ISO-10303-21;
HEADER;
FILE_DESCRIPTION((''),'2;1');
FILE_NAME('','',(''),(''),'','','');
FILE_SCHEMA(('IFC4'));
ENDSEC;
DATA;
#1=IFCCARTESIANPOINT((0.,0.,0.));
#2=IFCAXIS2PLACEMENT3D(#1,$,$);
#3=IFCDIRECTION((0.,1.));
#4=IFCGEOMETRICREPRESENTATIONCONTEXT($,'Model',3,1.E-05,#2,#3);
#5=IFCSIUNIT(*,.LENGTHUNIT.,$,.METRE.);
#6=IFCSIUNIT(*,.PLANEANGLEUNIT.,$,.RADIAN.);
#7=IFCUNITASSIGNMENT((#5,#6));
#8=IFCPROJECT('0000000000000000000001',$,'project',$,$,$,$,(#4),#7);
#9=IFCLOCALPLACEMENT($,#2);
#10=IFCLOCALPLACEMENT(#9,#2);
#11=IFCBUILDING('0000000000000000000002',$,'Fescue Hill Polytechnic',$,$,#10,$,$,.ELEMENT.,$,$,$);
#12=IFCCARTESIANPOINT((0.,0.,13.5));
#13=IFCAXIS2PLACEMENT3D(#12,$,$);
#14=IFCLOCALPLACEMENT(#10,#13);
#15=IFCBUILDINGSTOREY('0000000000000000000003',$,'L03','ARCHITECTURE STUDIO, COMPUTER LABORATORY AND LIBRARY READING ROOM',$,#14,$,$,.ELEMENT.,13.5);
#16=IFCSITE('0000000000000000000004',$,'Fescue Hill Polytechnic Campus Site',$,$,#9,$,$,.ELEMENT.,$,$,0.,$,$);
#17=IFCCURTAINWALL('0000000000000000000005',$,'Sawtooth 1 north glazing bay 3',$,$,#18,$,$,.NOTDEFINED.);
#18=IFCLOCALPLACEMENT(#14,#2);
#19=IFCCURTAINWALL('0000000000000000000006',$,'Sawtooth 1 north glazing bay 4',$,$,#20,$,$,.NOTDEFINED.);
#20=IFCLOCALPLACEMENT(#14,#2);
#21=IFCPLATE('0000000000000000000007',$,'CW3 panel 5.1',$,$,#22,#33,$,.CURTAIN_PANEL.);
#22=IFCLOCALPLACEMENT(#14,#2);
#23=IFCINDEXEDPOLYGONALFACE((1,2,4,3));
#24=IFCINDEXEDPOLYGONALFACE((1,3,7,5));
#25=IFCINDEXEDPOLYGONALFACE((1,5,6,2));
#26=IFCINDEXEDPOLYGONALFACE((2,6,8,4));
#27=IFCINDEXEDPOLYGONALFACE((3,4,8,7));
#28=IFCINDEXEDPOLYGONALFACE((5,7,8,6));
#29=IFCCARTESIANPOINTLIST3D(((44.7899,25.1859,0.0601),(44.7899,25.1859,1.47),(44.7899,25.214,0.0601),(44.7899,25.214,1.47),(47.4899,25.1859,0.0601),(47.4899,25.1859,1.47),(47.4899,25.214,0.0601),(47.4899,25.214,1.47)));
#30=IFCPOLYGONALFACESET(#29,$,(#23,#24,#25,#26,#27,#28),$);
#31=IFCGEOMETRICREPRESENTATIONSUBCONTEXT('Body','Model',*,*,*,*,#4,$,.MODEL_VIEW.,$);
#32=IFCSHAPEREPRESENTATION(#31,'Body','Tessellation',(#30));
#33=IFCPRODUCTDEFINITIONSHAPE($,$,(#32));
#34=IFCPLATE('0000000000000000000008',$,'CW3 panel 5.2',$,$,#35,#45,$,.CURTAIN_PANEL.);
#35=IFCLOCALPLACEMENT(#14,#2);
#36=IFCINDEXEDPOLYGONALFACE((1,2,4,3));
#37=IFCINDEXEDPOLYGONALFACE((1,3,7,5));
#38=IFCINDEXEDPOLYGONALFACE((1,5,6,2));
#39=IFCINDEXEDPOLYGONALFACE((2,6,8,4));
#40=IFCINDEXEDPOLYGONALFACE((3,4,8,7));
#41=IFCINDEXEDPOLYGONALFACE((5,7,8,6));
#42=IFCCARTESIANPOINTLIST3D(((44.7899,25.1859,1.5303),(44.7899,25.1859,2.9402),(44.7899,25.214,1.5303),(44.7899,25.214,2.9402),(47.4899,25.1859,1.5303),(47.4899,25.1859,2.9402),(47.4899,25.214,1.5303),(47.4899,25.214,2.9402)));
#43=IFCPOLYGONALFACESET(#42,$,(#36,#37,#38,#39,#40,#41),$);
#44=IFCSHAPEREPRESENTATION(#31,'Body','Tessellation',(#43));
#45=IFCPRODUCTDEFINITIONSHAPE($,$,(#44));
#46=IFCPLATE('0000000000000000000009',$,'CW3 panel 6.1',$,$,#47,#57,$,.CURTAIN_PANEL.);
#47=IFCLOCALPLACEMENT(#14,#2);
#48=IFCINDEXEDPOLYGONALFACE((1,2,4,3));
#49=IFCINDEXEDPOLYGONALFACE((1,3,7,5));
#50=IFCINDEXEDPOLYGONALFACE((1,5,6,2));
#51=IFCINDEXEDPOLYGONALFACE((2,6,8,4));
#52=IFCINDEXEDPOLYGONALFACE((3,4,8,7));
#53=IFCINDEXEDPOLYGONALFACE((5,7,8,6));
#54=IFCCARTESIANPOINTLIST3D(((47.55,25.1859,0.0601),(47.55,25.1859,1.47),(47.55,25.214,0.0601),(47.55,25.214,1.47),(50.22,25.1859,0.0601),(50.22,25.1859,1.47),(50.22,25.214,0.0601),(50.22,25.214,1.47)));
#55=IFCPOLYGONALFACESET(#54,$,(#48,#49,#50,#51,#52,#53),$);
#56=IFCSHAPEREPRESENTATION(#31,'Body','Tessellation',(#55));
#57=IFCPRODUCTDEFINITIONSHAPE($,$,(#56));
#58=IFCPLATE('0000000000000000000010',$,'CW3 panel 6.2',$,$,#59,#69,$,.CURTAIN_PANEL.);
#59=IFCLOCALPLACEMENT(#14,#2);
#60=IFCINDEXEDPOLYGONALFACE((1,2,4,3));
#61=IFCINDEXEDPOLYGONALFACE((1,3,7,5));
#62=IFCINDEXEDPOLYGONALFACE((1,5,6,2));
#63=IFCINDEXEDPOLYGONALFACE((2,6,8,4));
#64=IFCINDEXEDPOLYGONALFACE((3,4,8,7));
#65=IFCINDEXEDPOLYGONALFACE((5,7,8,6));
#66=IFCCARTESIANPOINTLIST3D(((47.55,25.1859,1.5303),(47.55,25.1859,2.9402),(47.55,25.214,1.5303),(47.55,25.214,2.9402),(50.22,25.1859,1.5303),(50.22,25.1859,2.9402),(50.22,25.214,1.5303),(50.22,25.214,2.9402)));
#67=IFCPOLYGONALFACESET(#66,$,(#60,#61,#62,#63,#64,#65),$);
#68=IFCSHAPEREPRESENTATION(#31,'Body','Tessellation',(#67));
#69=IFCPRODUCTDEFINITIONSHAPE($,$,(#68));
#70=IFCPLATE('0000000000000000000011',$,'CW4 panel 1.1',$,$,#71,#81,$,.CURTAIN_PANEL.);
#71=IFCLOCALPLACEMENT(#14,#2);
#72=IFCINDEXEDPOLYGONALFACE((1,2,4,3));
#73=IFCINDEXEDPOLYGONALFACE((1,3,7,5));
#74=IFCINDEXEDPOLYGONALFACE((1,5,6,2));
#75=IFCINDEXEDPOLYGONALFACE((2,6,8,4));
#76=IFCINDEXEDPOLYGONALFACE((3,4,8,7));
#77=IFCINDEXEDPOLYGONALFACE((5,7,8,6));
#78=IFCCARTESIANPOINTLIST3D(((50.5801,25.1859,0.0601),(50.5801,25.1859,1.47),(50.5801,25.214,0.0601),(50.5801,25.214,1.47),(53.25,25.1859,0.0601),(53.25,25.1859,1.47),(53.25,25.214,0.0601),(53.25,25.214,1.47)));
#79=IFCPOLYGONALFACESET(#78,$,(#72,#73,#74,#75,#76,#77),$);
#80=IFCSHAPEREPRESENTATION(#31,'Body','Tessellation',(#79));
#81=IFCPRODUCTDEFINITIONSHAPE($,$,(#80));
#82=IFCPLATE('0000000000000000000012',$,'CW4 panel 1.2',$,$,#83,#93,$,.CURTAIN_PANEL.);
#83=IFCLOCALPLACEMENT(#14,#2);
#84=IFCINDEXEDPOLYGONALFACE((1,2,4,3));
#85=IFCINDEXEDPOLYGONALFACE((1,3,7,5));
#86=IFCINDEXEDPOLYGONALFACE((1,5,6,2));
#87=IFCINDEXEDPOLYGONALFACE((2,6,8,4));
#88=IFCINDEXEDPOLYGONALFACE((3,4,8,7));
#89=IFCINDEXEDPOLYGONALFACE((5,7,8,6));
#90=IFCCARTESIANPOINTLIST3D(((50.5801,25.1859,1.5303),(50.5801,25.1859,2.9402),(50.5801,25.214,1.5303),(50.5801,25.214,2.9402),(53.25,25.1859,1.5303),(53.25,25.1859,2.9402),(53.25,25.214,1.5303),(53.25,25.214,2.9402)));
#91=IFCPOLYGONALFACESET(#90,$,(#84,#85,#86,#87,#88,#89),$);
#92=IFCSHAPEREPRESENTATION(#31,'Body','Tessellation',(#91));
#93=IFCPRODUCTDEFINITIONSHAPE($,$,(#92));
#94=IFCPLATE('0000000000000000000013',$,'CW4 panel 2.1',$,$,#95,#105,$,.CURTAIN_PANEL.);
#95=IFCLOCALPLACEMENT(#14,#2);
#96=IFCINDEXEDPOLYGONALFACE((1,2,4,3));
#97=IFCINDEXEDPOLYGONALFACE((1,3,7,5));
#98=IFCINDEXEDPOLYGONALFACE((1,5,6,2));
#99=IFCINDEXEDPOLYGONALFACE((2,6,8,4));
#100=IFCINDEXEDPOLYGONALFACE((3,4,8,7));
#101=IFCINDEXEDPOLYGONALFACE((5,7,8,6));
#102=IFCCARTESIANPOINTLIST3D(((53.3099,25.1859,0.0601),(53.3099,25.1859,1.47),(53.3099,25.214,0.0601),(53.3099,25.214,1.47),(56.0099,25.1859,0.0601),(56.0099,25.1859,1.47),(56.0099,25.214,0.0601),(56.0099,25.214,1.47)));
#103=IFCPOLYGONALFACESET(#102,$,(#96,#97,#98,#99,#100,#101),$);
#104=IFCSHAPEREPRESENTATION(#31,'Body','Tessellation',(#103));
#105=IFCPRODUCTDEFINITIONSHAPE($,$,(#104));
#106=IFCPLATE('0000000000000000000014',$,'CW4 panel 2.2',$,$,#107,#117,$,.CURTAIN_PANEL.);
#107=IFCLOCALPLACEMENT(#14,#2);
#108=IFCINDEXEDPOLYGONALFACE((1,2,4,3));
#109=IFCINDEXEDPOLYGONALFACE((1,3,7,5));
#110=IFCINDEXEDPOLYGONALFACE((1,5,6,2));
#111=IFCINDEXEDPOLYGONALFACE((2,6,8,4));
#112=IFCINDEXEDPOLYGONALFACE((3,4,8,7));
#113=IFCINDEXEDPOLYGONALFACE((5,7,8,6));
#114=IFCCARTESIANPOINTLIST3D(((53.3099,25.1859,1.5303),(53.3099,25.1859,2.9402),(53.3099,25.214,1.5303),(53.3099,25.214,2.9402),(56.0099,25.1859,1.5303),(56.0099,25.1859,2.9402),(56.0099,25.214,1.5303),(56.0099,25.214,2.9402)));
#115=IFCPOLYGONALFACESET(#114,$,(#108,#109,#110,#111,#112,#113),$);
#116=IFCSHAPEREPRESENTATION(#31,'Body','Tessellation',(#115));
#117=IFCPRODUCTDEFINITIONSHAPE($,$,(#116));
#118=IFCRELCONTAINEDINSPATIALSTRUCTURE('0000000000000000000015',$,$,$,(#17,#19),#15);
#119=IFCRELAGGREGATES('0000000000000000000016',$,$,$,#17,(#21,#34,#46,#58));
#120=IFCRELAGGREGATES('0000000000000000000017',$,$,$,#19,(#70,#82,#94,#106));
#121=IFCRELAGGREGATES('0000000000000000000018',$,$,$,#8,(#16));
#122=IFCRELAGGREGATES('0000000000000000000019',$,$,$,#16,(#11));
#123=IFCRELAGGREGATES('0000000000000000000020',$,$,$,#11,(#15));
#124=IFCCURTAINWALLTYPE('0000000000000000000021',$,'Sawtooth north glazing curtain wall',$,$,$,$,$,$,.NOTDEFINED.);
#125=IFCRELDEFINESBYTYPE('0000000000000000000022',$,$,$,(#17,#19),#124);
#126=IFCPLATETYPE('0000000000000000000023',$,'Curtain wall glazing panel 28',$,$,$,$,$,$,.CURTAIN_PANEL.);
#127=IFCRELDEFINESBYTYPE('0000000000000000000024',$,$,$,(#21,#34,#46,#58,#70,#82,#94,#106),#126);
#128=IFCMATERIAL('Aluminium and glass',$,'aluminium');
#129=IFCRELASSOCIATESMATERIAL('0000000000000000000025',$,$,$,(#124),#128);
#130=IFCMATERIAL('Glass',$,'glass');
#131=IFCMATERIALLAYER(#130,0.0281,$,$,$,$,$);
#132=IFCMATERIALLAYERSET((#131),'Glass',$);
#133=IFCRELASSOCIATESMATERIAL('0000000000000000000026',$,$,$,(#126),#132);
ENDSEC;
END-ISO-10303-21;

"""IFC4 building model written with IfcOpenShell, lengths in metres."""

from ifc_helpers import new_model, si_unit, direction, frame, origin, origin_2d, place, context, subcontext, project, spatial, rectangle, extrude, material, layer, layer_set, type_object, element, aggregate, save


model = new_model("IFC4")

# Units and contexts
model_context = context("Model", 3, precision=1e-05, world=origin(), true_north=direction((0.0, 1.0)))
body_context = subcontext(model_context, "Body", "Model", "MODEL_VIEW")
ifc_project = project(units=[si_unit("LENGTHUNIT", "METRE"), si_unit("PLANEANGLEUNIT", "RADIAN")], contexts=[model_context])

# Site, building, storey
site_placement = place(None, origin())
site = spatial("IfcSite", under=ifc_project, at=site_placement, Name="Fescue Hill Polytechnic Campus Site", CompositionType="ELEMENT", RefElevation=0.0)
building_placement = place(site_placement, origin())
building = spatial("IfcBuilding", under=site, at=building_placement, Name="Fescue Hill Polytechnic", CompositionType="ELEMENT")
storey_placement = place(building_placement, frame((0.0, 0.0, 13.5)))
storey = spatial("IfcBuildingStorey", under=building, at=storey_placement, Name="L03", Description="ARCHITECTURE STUDIO, COMPUTER LABORATORY AND LIBRARY READING ROOM", CompositionType="ELEMENT", Elevation=13.5)

# Curtain walls
ifc_material_1 = material(Name="Aluminium and glass", Category="aluminium")
curtain_wall_type = type_object("IfcCurtainWallType", Name="Sawtooth north glazing curtain wall", PredefinedType="NOTDEFINED", material=ifc_material_1)
curtain_wall_1_placement = place(storey_placement, origin())
curtain_wall_1 = element("IfcCurtainWall", 1, at=curtain_wall_1_placement, inside=storey, type_object=curtain_wall_type, Name="Sawtooth 1 north glazing bay 3", PredefinedType="NOTDEFINED")
curtain_wall_2_placement = place(storey_placement, origin())
curtain_wall_2 = element("IfcCurtainWall", 2, at=curtain_wall_2_placement, inside=storey, type_object=curtain_wall_type, Name="Sawtooth 1 north glazing bay 4", PredefinedType="NOTDEFINED")

# Plates
ifc_material_2 = material(Name="Glass", Category="glass")
ifc_layer = layer(ifc_material_2, 0.0281)
ifc_layer_set = layer_set([ifc_layer], Name="Glass")
plate_type = type_object("IfcPlateType", Name="Curtain wall glazing panel 28", PredefinedType="CURTAIN_PANEL", material=ifc_layer_set)
plate_1_placement = place(storey_placement, frame((46.1399, 25.2, 0.0601), z_axis=(0.0, 0.0, 1.0), x_axis=(1.0, 0.0, 0.0)))
plate_1 = element("IfcPlate", 3, at=plate_1_placement, type_object=plate_type, Name="CW3 panel 5.1", PredefinedType="CURTAIN_PANEL", context=body_context, shape_type="SweptSolid", body=[
    extrude(rectangle(XDim=2.7, YDim=0.0281, at=origin_2d()), origin(), (0.0, 0.0, 1.0), 1.4099),
])
plate_2_placement = place(storey_placement, frame((46.1399, 25.2, 1.5303), z_axis=(0.0, 0.0, 1.0), x_axis=(1.0, 0.0, 0.0)))
plate_2 = element("IfcPlate", 4, at=plate_2_placement, type_object=plate_type, Name="CW3 panel 5.2", PredefinedType="CURTAIN_PANEL", context=body_context, shape_type="SweptSolid", body=[
    extrude(rectangle(XDim=2.7, YDim=0.0281, at=origin_2d()), origin(), (0.0, 0.0, 1.0), 1.4099),
])
plate_3_placement = place(storey_placement, frame((48.885, 25.2, 0.0601), z_axis=(0.0, 0.0, 1.0), x_axis=(1.0, 0.0, 0.0)))
plate_3 = element("IfcPlate", 5, at=plate_3_placement, type_object=plate_type, Name="CW3 panel 6.1", PredefinedType="CURTAIN_PANEL", context=body_context, shape_type="SweptSolid", body=[
    extrude(rectangle(XDim=2.6699, YDim=0.0281, at=origin_2d()), origin(), (0.0, 0.0, 1.0), 1.4099),
])
plate_4_placement = place(storey_placement, frame((48.885, 25.2, 1.5303), z_axis=(0.0, 0.0, 1.0), x_axis=(1.0, 0.0, 0.0)))
plate_4 = element("IfcPlate", 6, at=plate_4_placement, type_object=plate_type, Name="CW3 panel 6.2", PredefinedType="CURTAIN_PANEL", context=body_context, shape_type="SweptSolid", body=[
    extrude(rectangle(XDim=2.6699, YDim=0.0281, at=origin_2d()), origin(), (0.0, 0.0, 1.0), 1.4099),
])
aggregate(curtain_wall_1, [plate_1, plate_2, plate_3, plate_4])
plate_5_placement = place(storey_placement, frame((51.915, 25.2, 0.0601), z_axis=(0.0, 0.0, 1.0), x_axis=(1.0, 0.0, 0.0)))
plate_5 = element("IfcPlate", 7, at=plate_5_placement, type_object=plate_type, Name="CW4 panel 1.1", PredefinedType="CURTAIN_PANEL", context=body_context, shape_type="SweptSolid", body=[
    extrude(rectangle(XDim=2.6699, YDim=0.0281, at=origin_2d()), origin(), (0.0, 0.0, 1.0), 1.4099),
])
plate_6_placement = place(storey_placement, frame((51.915, 25.2, 1.5303), z_axis=(0.0, 0.0, 1.0), x_axis=(1.0, 0.0, 0.0)))
plate_6 = element("IfcPlate", 8, at=plate_6_placement, type_object=plate_type, Name="CW4 panel 1.2", PredefinedType="CURTAIN_PANEL", context=body_context, shape_type="SweptSolid", body=[
    extrude(rectangle(XDim=2.6699, YDim=0.0281, at=origin_2d()), origin(), (0.0, 0.0, 1.0), 1.4099),
])
plate_7_placement = place(storey_placement, frame((54.6599, 25.2, 0.0601), z_axis=(0.0, 0.0, 1.0), x_axis=(1.0, 0.0, 0.0)))
plate_7 = element("IfcPlate", 9, at=plate_7_placement, type_object=plate_type, Name="CW4 panel 2.1", PredefinedType="CURTAIN_PANEL", context=body_context, shape_type="SweptSolid", body=[
    extrude(rectangle(XDim=2.7, YDim=0.0281, at=origin_2d()), origin(), (0.0, 0.0, 1.0), 1.4099),
])
plate_8_placement = place(storey_placement, frame((54.6599, 25.2, 1.5303), z_axis=(0.0, 0.0, 1.0), x_axis=(1.0, 0.0, 0.0)))
plate_8 = element("IfcPlate", 10, at=plate_8_placement, type_object=plate_type, Name="CW4 panel 2.2", PredefinedType="CURTAIN_PANEL", context=body_context, shape_type="SweptSolid", body=[
    extrude(rectangle(XDim=2.7, YDim=0.0281, at=origin_2d()), origin(), (0.0, 0.0, 1.0), 1.4099),
])
aggregate(curtain_wall_2, [plate_5, plate_6, plate_7, plate_8])

save(model, "model.ifc")
